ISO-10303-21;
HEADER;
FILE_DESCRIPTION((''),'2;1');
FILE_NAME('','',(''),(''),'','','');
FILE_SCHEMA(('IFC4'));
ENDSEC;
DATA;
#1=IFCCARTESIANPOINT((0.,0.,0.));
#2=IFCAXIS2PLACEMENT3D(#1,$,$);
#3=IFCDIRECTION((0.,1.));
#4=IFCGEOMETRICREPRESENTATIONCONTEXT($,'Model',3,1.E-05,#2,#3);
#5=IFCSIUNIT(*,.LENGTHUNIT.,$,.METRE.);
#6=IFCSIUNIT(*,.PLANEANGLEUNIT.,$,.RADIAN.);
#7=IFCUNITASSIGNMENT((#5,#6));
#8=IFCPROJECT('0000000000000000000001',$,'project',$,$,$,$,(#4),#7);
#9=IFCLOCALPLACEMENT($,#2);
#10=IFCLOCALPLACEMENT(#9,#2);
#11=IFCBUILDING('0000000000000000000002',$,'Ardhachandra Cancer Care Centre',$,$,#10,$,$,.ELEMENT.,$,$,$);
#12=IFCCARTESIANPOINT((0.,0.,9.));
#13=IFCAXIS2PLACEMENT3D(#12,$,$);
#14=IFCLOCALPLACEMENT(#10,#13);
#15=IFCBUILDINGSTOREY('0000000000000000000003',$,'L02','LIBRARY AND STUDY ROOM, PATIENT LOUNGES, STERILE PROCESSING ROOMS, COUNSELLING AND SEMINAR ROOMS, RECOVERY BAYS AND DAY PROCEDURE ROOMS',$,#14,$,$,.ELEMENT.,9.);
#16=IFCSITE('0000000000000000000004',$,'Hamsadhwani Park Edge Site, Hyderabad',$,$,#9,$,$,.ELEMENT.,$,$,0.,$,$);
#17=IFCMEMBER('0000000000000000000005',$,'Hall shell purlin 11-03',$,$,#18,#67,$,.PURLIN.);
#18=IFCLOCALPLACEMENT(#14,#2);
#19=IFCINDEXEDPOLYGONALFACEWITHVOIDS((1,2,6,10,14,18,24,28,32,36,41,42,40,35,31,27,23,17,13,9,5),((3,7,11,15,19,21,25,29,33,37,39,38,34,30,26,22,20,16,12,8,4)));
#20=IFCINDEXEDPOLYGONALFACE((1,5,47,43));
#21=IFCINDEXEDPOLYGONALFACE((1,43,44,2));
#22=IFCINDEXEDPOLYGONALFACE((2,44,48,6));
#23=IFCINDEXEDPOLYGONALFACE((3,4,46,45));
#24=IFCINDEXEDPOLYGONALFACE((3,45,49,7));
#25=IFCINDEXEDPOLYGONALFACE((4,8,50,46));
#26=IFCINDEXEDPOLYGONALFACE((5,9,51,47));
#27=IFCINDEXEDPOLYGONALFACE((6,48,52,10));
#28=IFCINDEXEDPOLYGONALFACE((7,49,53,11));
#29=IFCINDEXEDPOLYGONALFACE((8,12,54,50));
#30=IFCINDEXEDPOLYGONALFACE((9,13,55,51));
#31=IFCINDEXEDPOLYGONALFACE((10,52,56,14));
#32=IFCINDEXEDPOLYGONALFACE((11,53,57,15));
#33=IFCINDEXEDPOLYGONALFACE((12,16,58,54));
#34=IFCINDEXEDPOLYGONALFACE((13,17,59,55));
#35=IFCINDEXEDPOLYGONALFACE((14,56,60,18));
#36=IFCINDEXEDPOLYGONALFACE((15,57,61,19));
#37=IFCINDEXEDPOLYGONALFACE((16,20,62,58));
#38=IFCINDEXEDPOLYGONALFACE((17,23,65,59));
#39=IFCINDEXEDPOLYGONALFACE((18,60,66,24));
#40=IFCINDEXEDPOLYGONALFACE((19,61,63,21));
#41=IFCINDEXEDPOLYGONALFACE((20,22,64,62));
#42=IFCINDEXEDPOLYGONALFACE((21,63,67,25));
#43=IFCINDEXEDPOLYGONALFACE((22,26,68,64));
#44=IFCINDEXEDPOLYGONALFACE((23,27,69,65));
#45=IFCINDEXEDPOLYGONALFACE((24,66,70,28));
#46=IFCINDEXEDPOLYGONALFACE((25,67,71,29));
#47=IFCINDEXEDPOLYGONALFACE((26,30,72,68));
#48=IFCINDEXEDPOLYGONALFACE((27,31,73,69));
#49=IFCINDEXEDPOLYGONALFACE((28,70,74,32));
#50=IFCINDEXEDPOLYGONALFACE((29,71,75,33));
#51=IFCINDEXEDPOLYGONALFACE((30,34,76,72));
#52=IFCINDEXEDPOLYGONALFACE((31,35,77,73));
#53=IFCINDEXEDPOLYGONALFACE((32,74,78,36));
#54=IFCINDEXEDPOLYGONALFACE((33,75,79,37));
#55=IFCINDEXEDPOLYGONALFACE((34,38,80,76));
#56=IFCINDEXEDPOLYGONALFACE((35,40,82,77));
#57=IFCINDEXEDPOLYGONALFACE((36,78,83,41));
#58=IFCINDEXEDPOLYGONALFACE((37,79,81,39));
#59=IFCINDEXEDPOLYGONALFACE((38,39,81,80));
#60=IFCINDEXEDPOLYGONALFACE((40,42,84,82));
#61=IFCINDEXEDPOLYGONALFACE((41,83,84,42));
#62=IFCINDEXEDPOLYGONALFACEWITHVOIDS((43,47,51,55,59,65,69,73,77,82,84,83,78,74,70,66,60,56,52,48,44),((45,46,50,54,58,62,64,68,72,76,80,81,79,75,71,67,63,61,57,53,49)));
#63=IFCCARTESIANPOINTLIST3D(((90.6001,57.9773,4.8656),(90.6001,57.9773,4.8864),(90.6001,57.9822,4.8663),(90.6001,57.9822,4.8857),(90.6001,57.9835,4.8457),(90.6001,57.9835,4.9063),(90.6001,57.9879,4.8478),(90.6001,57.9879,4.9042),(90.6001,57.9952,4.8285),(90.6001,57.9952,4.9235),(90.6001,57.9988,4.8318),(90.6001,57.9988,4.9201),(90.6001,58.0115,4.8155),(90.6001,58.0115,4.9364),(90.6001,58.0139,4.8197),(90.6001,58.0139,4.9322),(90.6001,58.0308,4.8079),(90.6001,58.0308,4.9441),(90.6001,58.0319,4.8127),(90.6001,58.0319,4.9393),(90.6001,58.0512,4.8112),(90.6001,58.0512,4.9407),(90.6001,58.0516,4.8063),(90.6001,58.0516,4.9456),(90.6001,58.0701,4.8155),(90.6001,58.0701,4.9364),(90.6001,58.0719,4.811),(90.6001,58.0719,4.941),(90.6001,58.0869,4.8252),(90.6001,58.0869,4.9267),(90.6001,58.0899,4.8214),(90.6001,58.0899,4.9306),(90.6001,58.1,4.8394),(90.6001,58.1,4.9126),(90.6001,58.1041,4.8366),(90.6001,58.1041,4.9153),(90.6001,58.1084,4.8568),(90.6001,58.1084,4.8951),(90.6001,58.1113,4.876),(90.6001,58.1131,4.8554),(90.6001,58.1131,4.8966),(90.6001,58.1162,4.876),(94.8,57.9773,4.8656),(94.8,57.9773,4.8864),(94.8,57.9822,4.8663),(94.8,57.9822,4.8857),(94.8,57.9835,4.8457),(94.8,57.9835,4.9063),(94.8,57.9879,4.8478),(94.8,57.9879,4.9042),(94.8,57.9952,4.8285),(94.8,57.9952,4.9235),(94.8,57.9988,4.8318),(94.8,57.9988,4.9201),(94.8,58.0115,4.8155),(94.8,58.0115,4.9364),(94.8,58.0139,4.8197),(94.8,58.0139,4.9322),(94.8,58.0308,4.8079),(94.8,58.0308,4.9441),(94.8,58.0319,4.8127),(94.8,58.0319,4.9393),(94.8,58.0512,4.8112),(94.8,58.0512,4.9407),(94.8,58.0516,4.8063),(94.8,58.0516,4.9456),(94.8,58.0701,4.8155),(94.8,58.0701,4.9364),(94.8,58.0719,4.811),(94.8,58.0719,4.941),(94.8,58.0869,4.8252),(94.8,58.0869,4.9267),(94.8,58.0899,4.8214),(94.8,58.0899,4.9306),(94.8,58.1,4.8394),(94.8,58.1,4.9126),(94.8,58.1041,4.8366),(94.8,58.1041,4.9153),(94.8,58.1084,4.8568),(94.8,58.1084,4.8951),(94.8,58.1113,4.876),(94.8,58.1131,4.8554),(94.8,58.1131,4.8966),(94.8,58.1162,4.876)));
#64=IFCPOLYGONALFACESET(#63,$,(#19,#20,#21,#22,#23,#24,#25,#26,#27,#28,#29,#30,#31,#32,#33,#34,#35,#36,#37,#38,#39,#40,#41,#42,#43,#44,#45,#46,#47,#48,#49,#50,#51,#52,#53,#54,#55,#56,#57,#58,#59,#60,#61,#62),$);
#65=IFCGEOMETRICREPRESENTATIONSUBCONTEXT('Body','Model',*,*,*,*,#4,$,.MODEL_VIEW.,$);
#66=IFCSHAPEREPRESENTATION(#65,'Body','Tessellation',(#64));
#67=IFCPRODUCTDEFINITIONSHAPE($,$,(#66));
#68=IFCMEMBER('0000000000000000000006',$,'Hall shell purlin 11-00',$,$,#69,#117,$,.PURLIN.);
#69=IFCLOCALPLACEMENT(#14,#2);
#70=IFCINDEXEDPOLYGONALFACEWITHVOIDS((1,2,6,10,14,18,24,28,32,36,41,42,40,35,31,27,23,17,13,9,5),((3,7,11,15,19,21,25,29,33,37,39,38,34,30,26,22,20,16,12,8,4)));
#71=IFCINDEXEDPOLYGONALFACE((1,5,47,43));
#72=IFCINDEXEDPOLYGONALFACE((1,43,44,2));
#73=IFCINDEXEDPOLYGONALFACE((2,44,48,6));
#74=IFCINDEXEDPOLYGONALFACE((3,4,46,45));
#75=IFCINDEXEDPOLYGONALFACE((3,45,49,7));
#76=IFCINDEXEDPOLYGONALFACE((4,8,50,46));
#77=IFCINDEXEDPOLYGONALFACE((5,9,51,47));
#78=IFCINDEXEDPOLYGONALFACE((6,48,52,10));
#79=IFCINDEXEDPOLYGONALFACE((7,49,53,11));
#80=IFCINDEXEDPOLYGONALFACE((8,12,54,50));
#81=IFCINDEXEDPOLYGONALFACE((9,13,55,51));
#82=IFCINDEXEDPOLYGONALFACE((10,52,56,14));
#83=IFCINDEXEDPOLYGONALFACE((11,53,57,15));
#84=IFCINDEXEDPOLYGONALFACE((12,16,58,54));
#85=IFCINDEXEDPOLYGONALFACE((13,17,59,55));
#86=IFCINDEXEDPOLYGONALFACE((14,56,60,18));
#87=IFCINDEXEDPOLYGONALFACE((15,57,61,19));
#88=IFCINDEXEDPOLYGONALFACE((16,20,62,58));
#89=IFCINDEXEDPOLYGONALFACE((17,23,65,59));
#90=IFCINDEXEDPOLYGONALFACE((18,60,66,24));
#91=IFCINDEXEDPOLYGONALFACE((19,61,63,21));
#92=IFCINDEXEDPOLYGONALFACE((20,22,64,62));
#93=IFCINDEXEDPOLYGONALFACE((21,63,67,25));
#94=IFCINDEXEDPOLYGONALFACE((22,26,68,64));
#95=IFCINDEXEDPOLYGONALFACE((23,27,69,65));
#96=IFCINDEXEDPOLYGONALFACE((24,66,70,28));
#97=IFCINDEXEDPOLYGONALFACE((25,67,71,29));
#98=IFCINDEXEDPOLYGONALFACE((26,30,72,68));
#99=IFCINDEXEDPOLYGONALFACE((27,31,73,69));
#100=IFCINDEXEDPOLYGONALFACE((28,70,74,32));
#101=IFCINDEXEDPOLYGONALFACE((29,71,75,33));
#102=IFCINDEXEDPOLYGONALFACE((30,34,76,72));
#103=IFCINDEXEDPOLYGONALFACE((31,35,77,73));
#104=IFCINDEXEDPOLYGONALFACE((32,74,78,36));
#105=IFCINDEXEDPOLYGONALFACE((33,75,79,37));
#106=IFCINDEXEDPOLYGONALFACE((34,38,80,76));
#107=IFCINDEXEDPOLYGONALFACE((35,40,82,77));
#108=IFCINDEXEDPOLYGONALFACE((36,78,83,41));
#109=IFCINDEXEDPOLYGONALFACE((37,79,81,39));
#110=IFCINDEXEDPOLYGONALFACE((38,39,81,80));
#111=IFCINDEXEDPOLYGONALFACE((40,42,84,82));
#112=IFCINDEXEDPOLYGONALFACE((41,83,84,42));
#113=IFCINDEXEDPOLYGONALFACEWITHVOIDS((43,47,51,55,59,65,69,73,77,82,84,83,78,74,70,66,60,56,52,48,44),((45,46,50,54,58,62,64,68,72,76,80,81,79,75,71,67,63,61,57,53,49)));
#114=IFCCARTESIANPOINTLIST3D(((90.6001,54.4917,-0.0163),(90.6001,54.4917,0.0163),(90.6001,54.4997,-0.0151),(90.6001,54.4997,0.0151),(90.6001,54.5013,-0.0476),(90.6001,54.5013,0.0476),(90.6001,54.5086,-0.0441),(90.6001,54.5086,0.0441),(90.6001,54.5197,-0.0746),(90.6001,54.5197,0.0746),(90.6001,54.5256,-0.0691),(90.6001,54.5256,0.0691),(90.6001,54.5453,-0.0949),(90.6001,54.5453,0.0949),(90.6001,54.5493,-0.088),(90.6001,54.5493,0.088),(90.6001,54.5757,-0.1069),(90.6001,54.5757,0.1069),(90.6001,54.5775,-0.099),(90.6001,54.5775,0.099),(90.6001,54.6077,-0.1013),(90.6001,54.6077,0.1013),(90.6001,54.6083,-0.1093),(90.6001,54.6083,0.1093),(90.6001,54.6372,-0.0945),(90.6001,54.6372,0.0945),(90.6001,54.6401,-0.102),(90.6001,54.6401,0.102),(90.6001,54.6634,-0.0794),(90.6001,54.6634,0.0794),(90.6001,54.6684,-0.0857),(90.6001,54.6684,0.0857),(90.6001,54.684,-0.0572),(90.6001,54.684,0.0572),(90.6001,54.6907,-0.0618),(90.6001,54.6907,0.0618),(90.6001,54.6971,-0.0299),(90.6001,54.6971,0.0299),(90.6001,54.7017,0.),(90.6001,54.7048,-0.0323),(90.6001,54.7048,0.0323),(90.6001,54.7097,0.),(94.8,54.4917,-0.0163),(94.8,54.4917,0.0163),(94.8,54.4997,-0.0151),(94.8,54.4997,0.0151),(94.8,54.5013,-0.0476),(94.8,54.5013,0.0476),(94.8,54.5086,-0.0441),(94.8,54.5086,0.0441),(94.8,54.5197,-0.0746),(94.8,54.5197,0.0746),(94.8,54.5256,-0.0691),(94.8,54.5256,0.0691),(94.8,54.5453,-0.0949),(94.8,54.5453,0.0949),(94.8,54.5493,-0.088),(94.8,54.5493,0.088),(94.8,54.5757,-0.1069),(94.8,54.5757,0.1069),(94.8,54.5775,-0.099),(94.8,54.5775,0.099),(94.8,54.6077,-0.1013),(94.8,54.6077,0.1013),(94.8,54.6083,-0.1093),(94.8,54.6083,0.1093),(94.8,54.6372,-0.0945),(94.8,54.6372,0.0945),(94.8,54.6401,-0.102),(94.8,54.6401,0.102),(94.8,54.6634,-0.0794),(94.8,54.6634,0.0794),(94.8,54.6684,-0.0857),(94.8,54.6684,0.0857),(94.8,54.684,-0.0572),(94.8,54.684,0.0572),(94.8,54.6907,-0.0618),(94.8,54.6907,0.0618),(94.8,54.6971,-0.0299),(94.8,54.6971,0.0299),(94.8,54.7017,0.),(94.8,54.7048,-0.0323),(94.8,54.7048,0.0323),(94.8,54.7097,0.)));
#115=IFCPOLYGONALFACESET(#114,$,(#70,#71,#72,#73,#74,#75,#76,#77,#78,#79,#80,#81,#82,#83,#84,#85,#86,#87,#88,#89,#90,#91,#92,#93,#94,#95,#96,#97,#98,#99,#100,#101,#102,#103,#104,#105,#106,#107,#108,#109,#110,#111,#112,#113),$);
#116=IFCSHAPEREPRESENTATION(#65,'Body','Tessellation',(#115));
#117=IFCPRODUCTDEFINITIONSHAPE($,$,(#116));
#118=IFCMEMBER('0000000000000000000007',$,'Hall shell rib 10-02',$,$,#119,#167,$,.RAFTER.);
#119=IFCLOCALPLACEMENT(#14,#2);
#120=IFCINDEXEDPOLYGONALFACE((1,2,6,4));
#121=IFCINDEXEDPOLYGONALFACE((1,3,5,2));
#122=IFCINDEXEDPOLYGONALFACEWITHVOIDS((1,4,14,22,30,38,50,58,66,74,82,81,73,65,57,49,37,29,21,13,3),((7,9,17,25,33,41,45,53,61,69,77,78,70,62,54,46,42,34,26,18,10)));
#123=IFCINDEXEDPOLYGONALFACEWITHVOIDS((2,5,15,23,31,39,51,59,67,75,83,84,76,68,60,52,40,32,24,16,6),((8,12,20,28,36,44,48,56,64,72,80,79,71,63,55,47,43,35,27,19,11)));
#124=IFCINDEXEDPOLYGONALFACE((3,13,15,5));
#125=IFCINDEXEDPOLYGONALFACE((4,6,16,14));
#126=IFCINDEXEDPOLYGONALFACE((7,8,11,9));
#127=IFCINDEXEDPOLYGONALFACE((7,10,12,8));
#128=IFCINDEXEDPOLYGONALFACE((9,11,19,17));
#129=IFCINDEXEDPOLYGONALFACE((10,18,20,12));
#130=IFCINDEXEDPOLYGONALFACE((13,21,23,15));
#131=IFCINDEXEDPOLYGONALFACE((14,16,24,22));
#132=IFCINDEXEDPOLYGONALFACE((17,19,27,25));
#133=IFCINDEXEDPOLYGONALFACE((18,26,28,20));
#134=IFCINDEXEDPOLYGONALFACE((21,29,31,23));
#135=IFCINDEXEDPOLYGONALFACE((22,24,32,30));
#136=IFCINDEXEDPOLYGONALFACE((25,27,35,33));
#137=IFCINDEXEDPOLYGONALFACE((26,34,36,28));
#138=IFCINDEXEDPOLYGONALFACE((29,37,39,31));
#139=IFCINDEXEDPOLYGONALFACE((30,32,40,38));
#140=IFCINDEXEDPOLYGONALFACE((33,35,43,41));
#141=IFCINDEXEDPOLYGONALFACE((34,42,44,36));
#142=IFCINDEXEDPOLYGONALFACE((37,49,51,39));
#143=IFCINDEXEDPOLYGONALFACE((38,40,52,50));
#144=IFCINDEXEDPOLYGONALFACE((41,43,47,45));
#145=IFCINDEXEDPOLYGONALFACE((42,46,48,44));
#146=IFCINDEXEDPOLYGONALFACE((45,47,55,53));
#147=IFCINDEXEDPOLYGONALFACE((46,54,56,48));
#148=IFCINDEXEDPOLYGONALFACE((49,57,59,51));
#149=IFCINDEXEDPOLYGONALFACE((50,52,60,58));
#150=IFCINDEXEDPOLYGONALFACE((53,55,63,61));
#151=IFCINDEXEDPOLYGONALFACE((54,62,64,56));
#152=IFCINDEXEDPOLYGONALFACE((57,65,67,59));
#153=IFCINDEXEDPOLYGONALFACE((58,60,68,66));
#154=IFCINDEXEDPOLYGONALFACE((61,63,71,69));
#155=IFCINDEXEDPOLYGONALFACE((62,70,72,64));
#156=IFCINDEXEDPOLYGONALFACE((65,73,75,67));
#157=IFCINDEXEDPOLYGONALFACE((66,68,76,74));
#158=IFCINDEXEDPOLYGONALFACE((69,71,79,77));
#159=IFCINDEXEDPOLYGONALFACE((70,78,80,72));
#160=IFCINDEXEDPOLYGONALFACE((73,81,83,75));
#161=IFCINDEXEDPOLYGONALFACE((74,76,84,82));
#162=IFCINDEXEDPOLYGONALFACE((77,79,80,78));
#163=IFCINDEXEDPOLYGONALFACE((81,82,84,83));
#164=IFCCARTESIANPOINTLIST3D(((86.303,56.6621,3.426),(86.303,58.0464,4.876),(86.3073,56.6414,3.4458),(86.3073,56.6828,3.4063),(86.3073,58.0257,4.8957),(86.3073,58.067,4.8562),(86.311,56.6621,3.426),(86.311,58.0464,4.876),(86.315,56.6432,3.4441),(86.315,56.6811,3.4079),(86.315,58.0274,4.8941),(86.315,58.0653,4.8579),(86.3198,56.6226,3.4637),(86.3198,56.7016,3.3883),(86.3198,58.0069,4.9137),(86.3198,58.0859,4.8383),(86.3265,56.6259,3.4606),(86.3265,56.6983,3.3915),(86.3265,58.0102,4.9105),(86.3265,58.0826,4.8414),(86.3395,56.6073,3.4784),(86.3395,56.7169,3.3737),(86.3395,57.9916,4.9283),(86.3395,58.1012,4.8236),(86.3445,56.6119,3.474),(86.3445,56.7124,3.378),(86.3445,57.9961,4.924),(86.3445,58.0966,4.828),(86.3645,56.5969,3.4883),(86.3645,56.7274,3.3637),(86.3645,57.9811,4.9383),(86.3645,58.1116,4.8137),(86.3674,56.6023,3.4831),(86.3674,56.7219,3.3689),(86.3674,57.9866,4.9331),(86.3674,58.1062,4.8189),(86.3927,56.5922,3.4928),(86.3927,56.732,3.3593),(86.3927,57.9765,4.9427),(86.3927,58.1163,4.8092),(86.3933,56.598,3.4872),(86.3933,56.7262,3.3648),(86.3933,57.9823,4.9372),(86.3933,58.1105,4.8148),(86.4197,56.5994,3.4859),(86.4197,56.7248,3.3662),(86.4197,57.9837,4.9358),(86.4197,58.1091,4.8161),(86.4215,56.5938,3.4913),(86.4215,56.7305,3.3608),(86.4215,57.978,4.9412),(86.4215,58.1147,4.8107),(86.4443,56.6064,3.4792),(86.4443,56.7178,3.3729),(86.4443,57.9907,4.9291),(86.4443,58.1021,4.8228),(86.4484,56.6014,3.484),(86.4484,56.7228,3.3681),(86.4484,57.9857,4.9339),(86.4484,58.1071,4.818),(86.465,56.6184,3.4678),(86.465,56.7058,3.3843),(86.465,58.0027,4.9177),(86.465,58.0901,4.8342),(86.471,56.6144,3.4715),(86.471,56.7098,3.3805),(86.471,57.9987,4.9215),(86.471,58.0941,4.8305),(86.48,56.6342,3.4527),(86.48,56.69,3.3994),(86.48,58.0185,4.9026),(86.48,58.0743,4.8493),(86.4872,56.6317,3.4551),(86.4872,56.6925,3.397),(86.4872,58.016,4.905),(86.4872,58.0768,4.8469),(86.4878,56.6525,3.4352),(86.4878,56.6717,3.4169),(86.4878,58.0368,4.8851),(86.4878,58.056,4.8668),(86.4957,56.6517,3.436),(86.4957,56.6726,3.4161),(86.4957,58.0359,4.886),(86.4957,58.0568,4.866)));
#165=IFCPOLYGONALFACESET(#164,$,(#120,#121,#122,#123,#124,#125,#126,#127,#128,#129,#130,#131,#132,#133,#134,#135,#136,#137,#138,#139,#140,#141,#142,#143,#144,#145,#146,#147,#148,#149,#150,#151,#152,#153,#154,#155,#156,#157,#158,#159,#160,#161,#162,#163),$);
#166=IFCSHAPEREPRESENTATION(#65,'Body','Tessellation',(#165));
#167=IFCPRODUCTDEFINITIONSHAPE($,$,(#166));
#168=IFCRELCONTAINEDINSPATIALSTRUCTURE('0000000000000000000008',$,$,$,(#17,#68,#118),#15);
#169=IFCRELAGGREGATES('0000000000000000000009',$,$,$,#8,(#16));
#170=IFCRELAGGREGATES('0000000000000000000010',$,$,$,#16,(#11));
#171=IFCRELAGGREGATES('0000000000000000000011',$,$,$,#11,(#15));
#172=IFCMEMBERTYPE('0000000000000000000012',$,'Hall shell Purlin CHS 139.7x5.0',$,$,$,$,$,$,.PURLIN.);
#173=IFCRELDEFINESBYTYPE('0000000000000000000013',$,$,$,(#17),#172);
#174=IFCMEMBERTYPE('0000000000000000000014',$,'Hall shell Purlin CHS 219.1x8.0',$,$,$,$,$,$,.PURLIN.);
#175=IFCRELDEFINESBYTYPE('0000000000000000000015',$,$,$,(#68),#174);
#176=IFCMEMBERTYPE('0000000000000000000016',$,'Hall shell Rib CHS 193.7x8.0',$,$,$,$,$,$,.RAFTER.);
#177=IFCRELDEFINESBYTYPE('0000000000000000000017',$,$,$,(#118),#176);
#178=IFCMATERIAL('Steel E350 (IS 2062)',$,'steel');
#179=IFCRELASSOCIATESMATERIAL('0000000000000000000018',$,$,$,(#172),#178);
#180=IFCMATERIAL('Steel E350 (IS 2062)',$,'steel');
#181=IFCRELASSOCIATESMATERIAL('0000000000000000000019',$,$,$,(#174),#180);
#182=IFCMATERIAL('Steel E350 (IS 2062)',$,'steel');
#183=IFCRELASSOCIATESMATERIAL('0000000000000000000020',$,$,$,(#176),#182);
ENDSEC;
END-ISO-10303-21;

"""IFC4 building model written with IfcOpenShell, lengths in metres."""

from ifc_helpers import new_model, si_unit, direction, frame, origin, origin_2d, place, context, subcontext, project, spatial, hollow_circle, extrude, material, material_profile, profile_set, type_object, element, save


model = new_model("IFC4")

# Units and contexts
model_context = context("Model", 3, precision=1e-05, world=origin(), true_north=direction((0.0, 1.0)))
body_context = subcontext(model_context, "Body", "Model", "MODEL_VIEW")
ifc_project = project(units=[si_unit("LENGTHUNIT", "METRE"), si_unit("PLANEANGLEUNIT", "RADIAN")], contexts=[model_context])

# Site, building, storey
site_placement = place(None, origin())
site = spatial("IfcSite", under=ifc_project, at=site_placement, Name="Hamsadhwani Park Edge Site, Hyderabad", CompositionType="ELEMENT", RefElevation=0.0)
building_placement = place(site_placement, origin())
building = spatial("IfcBuilding", under=site, at=building_placement, Name="Ardhachandra Cancer Care Centre", CompositionType="ELEMENT")
storey_placement = place(building_placement, frame((0.0, 0.0, 9.0)))
storey = spatial("IfcBuildingStorey", under=building, at=storey_placement, Name="L02", Description="LIBRARY AND STUDY ROOM, PATIENT LOUNGES, STERILE PROCESSING ROOMS, COUNSELLING AND SEMINAR ROOMS, RECOVERY BAYS AND DAY PROCEDURE ROOMS", CompositionType="ELEMENT", Elevation=9.0)

# Members
ifc_material_1 = material(Name="Steel E350 (IS 2062)", Category="steel")
ifc_material_profile_1 = material_profile(ifc_material_1, hollow_circle(Radius=0.0698, WallThickness=0.0049, at=origin_2d()), Name="CHS 139.7x5.0")
ifc_profile_set_1 = profile_set([ifc_material_profile_1], Name="Steel E350 (IS 2062)")
member_type_1 = type_object("IfcMemberType", Name="Hall shell Purlin CHS 139.7x5.0", PredefinedType="PURLIN", material=ifc_profile_set_1)
member_1_placement = place(storey_placement, frame((90.6001, 58.0464, 4.876), z_axis=(1.0, 0.0, 0.0), x_axis=(0.0, 1.0, 0.0)))
element("IfcMember", 1, at=member_1_placement, inside=storey, type_object=member_type_1, Name="Hall shell purlin 11-03", PredefinedType="PURLIN", context=body_context, shape_type="SweptSolid", body=[
    extrude(hollow_circle(Radius=0.0698, WallThickness=0.0049, at=origin_2d()), origin(), (0.0, 0.0, 1.0), 4.2),
])
ifc_material_2 = material(Name="Steel E350 (IS 2062)", Category="steel")
ifc_material_profile_2 = material_profile(ifc_material_2, hollow_circle(Radius=0.1096, WallThickness=0.0081, at=origin_2d()), Name="CHS 219.1x8.0")
ifc_profile_set_2 = profile_set([ifc_material_profile_2], Name="Steel E350 (IS 2062)")
member_type_2 = type_object("IfcMemberType", Name="Hall shell Purlin CHS 219.1x8.0", PredefinedType="PURLIN", material=ifc_profile_set_2)
member_2_placement = place(storey_placement, frame((90.6001, 54.6001, 0.0), z_axis=(1.0, 0.0, 0.0), x_axis=(0.0, 1.0, 0.0)))
element("IfcMember", 2, at=member_2_placement, inside=storey, type_object=member_type_2, Name="Hall shell purlin 11-00", PredefinedType="PURLIN", context=body_context, shape_type="SweptSolid", body=[
    extrude(hollow_circle(Radius=0.1096, WallThickness=0.0081, at=origin_2d()), origin(), (0.0, 0.0, 1.0), 4.2),
])
ifc_material_3 = material(Name="Steel E350 (IS 2062)", Category="steel")
ifc_material_profile_3 = material_profile(ifc_material_3, hollow_circle(Radius=0.0969, WallThickness=0.0081, at=origin_2d()), Name="CHS 193.7x8.0")
ifc_profile_set_3 = profile_set([ifc_material_profile_3], Name="Steel E350 (IS 2062)")
member_type_3 = type_object("IfcMemberType", Name="Hall shell Rib CHS 193.7x8.0", PredefinedType="RAFTER", material=ifc_profile_set_3)
member_3_placement = place(storey_placement, frame((86.3999, 56.6621, 3.426), z_axis=(0.0, 0.690537, 0.723297), x_axis=(-1.0, 0.0, 0.0)))
element("IfcMember", 3, at=member_3_placement, inside=storey, type_object=member_type_3, Name="Hall shell rib 10-02", PredefinedType="RAFTER", context=body_context, shape_type="SweptSolid", body=[
    extrude(hollow_circle(Radius=0.0969, WallThickness=0.0081, at=origin_2d()), origin(), (0.0, 0.0, 1.0), 2.0046),
])

save(model, "model.ifc")
